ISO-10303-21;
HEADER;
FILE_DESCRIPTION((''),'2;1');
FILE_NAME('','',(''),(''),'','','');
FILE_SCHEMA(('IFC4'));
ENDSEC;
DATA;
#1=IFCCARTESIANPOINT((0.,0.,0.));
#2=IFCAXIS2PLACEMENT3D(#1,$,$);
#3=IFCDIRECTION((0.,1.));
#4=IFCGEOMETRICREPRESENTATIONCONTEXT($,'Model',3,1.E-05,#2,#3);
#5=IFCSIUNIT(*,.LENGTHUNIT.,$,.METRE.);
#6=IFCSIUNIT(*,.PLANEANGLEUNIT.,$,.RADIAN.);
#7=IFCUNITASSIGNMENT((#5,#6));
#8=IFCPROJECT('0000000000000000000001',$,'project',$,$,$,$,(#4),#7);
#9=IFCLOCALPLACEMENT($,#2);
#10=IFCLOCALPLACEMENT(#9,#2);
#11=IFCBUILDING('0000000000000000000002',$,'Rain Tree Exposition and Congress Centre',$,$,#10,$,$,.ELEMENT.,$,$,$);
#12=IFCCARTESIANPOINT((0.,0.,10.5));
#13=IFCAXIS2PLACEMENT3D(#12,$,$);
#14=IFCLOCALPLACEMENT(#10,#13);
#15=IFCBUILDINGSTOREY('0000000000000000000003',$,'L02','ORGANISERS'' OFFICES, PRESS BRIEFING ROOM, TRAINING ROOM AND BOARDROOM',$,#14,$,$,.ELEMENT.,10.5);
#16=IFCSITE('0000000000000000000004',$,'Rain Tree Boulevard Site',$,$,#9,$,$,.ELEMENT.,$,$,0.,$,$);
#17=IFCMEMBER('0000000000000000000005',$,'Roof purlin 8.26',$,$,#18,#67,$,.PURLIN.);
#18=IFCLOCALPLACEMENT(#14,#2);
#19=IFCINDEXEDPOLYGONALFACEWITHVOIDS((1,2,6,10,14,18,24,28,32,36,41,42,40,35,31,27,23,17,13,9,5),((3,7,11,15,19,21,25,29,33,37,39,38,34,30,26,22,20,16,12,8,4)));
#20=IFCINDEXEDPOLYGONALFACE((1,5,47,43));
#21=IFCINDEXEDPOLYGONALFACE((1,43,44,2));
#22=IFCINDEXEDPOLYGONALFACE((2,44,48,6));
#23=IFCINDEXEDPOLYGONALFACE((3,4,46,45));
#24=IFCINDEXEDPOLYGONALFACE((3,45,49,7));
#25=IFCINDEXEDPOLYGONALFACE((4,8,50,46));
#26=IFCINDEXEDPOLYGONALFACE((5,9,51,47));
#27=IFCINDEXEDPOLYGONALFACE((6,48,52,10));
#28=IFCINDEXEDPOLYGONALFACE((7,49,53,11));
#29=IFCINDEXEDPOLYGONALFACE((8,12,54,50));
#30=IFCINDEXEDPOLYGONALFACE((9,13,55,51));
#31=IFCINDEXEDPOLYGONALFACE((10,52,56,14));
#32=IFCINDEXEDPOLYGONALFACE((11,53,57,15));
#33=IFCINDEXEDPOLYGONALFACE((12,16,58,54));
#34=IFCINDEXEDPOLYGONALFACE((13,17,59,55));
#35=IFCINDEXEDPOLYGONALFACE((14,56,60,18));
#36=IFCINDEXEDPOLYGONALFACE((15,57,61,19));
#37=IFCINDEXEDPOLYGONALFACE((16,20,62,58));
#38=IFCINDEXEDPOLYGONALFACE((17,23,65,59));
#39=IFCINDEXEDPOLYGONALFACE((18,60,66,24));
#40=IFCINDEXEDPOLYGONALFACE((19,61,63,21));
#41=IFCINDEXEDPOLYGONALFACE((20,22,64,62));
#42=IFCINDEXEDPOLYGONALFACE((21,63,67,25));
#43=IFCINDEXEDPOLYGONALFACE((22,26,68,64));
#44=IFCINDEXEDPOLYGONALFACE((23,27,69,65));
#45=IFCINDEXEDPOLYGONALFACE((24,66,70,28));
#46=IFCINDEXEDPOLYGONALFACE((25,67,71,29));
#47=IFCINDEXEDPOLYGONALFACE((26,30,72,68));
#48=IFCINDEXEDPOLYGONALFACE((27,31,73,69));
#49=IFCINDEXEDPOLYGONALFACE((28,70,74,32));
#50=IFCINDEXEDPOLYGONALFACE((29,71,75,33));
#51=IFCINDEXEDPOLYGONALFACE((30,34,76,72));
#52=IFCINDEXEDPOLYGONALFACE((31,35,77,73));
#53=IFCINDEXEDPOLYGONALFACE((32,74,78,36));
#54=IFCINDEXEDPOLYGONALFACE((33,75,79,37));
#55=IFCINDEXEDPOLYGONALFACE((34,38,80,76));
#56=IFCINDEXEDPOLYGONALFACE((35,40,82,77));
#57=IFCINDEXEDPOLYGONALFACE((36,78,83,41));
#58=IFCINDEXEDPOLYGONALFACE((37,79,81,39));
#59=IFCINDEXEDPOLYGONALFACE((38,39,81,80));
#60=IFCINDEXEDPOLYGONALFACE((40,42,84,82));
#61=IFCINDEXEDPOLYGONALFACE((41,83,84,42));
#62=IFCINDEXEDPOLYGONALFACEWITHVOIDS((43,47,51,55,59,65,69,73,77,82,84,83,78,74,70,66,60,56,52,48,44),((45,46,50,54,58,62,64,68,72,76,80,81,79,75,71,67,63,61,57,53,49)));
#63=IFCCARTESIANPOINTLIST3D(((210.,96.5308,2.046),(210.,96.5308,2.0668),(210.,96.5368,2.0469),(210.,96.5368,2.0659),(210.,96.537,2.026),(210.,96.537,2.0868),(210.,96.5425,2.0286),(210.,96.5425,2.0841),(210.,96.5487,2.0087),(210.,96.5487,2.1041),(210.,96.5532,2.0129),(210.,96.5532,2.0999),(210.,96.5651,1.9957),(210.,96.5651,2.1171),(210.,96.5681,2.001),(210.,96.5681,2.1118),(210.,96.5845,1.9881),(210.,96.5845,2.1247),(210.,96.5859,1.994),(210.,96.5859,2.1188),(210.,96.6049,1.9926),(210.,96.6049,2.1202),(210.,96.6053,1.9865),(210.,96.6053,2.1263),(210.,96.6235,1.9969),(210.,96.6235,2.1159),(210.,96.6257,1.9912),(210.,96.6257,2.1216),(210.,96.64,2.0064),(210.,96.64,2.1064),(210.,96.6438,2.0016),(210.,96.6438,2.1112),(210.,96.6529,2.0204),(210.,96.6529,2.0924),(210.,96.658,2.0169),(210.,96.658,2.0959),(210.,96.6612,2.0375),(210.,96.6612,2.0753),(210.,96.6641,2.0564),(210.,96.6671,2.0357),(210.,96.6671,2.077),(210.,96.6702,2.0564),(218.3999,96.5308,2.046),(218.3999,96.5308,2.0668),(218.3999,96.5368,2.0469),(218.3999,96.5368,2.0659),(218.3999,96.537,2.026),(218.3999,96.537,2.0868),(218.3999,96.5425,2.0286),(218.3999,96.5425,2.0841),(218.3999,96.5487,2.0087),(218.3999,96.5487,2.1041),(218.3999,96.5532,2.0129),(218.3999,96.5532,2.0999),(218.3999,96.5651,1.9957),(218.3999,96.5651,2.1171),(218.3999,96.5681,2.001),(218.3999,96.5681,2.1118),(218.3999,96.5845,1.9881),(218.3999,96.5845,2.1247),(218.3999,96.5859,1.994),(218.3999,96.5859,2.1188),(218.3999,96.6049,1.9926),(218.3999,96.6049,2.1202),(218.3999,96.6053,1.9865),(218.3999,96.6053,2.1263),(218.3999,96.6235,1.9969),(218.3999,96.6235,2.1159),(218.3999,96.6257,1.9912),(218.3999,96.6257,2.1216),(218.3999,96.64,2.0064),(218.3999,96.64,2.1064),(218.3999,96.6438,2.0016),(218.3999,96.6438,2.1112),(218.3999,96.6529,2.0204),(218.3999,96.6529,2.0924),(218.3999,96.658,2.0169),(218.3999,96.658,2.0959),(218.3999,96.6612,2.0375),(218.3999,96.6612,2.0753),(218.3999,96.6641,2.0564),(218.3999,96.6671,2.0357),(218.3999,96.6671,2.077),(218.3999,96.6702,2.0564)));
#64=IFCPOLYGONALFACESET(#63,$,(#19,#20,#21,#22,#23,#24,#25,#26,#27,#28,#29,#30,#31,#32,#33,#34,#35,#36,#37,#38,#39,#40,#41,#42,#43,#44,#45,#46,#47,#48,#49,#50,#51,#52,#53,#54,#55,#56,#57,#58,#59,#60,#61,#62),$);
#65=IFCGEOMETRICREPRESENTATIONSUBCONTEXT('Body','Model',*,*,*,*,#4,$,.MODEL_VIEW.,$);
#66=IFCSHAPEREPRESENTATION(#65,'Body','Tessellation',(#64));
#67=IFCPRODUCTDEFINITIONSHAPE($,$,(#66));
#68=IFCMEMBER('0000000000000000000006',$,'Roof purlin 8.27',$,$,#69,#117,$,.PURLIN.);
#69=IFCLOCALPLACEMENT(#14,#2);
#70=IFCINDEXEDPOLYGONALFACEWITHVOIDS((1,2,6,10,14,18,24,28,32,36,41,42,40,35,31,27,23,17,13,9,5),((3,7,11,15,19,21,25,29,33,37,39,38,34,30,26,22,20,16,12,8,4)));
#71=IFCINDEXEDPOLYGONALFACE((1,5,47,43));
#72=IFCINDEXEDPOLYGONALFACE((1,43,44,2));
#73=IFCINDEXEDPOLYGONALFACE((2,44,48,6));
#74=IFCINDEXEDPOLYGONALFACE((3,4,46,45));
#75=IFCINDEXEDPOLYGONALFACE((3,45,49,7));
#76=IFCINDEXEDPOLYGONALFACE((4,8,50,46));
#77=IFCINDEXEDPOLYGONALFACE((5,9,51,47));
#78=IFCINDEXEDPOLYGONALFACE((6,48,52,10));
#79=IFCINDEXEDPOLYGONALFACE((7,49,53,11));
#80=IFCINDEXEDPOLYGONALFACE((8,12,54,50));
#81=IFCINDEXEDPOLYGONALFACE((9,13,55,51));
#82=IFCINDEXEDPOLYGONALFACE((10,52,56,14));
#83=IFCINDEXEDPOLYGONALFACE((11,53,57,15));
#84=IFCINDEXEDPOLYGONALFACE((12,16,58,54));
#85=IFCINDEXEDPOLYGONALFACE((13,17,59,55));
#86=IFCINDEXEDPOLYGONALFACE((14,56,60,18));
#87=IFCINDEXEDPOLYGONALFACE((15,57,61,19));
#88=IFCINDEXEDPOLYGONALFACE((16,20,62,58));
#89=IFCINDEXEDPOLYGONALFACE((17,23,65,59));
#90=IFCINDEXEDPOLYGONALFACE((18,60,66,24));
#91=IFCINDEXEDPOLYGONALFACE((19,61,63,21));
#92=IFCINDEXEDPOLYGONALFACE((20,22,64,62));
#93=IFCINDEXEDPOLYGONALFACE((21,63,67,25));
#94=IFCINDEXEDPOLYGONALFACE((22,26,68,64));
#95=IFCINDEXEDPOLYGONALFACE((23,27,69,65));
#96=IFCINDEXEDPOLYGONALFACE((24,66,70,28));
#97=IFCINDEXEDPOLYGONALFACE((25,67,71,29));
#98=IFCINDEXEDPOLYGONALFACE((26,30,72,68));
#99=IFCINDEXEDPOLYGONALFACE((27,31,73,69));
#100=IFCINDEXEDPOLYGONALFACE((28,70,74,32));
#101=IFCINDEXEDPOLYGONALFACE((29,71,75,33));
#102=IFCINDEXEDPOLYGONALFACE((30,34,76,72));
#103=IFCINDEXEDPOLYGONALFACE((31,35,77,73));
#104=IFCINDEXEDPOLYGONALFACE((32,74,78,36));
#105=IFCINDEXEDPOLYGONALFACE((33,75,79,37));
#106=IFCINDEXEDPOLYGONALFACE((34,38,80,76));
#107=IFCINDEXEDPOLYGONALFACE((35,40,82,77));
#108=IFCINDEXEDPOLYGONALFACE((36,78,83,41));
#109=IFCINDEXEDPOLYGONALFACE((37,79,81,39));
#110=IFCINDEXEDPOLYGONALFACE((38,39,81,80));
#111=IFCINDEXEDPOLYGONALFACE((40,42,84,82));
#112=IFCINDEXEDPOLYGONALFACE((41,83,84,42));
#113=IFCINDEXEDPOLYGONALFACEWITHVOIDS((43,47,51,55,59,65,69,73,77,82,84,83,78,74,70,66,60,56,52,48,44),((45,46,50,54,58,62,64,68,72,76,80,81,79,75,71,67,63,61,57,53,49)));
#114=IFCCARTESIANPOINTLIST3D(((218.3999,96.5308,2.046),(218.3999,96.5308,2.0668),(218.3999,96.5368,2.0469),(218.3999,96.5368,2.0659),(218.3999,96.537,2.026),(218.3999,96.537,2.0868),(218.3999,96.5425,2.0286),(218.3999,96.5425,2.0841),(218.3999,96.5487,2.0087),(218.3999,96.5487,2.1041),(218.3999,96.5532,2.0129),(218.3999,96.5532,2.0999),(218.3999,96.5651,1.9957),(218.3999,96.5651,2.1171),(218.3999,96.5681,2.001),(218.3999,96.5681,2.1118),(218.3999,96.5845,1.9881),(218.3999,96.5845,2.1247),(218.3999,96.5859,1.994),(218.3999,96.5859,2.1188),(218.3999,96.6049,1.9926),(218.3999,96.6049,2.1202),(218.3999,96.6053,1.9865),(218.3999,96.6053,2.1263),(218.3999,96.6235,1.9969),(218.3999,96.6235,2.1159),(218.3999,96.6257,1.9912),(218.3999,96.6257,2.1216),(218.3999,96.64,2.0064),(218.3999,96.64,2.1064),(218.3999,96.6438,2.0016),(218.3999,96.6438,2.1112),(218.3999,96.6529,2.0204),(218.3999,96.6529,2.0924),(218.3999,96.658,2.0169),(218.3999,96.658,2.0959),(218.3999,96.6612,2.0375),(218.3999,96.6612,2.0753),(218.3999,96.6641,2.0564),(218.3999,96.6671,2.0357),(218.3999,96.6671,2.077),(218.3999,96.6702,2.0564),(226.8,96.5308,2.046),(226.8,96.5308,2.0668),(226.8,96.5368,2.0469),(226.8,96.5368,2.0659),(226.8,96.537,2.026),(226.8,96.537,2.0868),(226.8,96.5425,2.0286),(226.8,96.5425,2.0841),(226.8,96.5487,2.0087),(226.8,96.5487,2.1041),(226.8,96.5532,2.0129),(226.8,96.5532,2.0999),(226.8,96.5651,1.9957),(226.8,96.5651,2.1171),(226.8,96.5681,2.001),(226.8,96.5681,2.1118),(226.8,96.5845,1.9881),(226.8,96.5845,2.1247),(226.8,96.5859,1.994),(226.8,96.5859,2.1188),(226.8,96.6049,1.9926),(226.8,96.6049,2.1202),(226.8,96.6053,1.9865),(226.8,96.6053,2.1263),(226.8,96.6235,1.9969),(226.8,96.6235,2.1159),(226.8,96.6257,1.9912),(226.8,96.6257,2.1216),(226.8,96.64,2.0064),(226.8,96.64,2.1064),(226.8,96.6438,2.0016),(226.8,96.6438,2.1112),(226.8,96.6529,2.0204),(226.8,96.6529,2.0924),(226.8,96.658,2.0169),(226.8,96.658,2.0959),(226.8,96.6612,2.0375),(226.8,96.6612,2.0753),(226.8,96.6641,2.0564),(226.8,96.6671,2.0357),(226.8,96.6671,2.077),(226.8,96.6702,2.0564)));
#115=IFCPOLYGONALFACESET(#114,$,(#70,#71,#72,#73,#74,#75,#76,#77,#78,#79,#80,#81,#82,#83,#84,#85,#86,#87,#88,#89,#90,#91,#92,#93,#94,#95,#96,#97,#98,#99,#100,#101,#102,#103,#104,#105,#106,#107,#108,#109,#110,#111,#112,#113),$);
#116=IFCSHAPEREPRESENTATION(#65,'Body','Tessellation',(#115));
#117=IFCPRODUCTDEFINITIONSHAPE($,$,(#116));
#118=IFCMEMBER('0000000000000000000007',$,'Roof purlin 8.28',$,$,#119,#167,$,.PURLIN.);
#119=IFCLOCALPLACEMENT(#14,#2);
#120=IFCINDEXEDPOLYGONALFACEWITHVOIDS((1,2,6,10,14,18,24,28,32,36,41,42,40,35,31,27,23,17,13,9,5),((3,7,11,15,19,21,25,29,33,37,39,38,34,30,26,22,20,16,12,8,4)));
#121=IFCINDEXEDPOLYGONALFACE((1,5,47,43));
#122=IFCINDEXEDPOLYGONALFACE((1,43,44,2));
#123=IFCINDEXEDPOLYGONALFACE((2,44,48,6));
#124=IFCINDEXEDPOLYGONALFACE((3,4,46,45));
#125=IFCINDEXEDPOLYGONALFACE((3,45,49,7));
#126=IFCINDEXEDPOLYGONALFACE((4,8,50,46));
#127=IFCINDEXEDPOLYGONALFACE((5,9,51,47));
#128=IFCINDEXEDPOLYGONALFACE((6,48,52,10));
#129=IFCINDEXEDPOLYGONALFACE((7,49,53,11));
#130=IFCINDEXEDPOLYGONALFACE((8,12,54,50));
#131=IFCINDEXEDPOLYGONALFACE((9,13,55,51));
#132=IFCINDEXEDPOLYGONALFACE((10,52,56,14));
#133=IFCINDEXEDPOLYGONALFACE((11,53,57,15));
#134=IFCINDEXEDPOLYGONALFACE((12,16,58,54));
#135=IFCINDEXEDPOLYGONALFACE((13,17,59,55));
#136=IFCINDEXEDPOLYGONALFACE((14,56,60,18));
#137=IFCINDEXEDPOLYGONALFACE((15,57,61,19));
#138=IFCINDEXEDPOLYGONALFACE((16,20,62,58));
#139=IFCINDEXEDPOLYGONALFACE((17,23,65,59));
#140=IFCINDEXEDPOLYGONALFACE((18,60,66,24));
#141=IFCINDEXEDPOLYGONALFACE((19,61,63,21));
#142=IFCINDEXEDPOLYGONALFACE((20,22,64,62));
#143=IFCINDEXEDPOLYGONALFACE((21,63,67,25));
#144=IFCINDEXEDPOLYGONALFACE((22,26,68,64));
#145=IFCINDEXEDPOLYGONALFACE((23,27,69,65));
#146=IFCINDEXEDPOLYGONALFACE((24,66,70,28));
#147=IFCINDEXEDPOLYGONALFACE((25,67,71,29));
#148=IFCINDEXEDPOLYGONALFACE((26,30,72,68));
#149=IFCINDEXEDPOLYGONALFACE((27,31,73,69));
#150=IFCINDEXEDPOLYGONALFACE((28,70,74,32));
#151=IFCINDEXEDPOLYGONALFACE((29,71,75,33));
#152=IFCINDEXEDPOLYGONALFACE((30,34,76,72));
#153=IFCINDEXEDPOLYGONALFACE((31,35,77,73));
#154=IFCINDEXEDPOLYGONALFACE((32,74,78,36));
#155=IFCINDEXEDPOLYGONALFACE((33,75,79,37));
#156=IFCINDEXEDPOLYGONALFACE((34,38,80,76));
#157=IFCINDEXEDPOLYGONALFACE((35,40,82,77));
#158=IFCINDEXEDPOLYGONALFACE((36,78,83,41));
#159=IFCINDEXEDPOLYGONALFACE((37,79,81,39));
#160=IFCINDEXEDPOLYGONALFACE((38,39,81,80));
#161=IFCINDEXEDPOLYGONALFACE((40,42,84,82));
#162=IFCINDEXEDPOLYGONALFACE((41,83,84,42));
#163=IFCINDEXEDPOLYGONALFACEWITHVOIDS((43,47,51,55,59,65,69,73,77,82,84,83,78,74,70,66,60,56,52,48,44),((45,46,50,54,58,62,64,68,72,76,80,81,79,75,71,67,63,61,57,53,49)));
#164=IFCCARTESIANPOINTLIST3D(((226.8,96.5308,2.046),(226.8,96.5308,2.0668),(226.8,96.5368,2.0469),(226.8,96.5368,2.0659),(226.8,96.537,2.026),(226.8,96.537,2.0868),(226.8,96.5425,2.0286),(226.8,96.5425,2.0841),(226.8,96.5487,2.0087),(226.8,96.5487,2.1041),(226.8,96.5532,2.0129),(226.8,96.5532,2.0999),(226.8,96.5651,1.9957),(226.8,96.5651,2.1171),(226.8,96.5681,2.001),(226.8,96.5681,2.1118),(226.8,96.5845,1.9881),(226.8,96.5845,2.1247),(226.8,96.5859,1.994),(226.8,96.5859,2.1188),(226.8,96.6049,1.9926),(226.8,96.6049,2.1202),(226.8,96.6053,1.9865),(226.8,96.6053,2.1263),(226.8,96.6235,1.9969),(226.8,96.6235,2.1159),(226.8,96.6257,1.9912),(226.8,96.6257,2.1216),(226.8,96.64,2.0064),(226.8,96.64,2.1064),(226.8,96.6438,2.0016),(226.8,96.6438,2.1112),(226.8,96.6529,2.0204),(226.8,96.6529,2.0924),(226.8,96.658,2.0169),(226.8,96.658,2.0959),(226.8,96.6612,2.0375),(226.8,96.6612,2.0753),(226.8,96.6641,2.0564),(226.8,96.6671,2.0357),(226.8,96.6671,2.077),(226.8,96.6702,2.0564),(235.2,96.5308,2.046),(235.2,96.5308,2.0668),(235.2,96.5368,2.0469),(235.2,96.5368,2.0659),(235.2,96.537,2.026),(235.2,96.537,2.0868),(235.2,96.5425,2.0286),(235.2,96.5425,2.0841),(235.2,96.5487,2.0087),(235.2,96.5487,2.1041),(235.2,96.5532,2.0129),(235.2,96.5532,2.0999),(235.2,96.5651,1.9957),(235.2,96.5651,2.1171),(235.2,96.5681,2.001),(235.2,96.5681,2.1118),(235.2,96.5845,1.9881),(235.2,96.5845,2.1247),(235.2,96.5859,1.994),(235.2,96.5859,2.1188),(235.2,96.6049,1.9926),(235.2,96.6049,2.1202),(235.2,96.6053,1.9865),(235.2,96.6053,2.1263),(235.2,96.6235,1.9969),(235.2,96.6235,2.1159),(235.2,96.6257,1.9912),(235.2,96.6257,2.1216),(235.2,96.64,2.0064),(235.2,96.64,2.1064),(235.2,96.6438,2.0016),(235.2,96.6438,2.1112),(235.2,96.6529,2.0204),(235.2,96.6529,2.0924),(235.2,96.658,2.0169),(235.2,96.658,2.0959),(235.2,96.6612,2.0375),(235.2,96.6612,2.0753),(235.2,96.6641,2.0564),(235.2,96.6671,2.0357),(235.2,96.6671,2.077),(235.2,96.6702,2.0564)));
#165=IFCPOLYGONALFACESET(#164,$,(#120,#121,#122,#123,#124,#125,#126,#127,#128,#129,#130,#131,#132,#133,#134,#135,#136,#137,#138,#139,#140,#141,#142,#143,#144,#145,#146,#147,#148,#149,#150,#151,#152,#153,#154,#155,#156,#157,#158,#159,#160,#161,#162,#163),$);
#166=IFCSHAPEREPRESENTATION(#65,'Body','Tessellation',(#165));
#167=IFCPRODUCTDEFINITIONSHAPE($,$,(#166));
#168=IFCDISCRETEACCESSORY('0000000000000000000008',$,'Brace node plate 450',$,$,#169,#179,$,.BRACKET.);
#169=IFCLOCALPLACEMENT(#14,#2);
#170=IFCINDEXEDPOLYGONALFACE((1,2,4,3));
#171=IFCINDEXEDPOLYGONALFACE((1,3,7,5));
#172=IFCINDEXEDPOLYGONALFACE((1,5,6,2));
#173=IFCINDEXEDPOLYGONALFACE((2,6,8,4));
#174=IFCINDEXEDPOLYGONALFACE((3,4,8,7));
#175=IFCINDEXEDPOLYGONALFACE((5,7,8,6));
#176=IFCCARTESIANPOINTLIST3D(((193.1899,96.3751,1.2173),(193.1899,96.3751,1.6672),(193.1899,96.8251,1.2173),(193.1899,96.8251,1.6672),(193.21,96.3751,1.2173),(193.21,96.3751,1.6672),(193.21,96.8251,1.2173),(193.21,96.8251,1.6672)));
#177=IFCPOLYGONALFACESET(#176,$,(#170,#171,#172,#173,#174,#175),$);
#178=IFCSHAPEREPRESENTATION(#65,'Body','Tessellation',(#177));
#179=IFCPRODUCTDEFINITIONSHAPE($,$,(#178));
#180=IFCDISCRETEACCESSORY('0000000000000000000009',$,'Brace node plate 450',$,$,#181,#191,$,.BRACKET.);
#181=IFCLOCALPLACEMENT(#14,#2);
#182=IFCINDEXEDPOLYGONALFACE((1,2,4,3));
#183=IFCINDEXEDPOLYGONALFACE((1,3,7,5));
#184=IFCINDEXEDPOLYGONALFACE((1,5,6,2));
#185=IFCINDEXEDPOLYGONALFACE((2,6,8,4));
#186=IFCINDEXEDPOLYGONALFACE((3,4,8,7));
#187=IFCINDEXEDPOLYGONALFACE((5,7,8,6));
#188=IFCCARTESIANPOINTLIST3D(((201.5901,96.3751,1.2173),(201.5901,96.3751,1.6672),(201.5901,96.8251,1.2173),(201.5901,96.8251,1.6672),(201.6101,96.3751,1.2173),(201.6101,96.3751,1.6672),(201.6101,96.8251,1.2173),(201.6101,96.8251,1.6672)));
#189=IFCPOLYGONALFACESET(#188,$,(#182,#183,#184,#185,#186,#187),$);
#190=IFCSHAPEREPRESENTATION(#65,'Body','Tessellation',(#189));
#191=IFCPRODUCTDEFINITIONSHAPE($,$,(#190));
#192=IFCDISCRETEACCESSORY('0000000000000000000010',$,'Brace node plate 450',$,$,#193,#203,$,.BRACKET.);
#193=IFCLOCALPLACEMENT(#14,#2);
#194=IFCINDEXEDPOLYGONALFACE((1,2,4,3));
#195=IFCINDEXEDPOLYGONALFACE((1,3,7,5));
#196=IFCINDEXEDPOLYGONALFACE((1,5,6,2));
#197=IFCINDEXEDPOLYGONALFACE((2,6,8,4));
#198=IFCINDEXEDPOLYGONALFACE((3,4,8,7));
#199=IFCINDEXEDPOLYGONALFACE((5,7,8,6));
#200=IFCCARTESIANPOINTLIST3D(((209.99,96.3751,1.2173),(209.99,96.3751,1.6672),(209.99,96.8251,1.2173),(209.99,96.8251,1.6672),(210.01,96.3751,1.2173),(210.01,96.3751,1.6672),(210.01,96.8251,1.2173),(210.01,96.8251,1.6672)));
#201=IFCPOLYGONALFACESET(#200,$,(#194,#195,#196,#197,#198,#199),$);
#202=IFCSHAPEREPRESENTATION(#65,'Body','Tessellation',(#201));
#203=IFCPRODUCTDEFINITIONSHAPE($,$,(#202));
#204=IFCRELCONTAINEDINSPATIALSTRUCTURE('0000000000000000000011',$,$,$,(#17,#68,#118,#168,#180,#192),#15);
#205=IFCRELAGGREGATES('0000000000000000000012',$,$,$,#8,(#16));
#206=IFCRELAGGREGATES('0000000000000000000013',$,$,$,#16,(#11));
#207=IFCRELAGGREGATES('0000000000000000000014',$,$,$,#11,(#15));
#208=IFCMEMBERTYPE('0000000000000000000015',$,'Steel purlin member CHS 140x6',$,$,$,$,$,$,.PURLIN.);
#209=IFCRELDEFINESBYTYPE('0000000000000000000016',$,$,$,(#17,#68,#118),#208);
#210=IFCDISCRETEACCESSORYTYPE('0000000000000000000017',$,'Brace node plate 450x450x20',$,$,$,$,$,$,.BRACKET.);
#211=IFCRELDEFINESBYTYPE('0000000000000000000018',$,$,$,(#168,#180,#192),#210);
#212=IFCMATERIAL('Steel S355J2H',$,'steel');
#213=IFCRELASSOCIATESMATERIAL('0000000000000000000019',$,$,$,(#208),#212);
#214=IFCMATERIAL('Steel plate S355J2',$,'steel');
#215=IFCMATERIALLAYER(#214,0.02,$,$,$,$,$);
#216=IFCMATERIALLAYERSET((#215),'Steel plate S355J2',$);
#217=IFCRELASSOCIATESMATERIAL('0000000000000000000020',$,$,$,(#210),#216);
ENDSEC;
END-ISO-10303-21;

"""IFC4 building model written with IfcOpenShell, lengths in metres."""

from ifc_helpers import new_model, si_unit, direction, frame, origin, origin_2d, place, context, subcontext, project, spatial, rectangle, hollow_circle, extrude, material, layer, layer_set, material_profile, profile_set, type_object, element, save


model = new_model("IFC4")

# Units and contexts
model_context = context("Model", 3, precision=1e-05, world=origin(), true_north=direction((0.0, 1.0)))
body_context = subcontext(model_context, "Body", "Model", "MODEL_VIEW")
ifc_project = project(units=[si_unit("LENGTHUNIT", "METRE"), si_unit("PLANEANGLEUNIT", "RADIAN")], contexts=[model_context])

# Site, building, storey
site_placement = place(None, origin())
site = spatial("IfcSite", under=ifc_project, at=site_placement, Name="Rain Tree Boulevard Site", CompositionType="ELEMENT", RefElevation=0.0)
building_placement = place(site_placement, origin())
building = spatial("IfcBuilding", under=site, at=building_placement, Name="Rain Tree Exposition and Congress Centre", CompositionType="ELEMENT")
storey_placement = place(building_placement, frame((0.0, 0.0, 10.5)))
storey = spatial("IfcBuildingStorey", under=building, at=storey_placement, Name="L02", Description="ORGANISERS' OFFICES, PRESS BRIEFING ROOM, TRAINING ROOM AND BOARDROOM", CompositionType="ELEMENT", Elevation=10.5)

# Members
ifc_material_1 = material(Name="Steel S355J2H", Category="steel")
ifc_material_profile_1 = material_profile(ifc_material_1, hollow_circle(Radius=0.0701, WallThickness=0.0061, at=origin_2d()), Name="CHS 140x6")
ifc_profile_set_1 = profile_set([ifc_material_profile_1], Name="Steel S355J2H")
member_type_1 = type_object("IfcMemberType", Name="Steel purlin member CHS 140x6", PredefinedType="PURLIN", material=ifc_profile_set_1)
for number, where, z_axis, x_axis, name in (
    (1, (210.0, 96.6001, 2.0564), (1.0, 0.0, 0.0), (0.0, 1.0, 0.0), "Roof purlin 8.26"),
):
    element("IfcMember", number, at=place(storey_placement, frame(where, z_axis=z_axis, x_axis=x_axis)), inside=storey, type_object=member_type_1, Name=name, PredefinedType="PURLIN", context=body_context, shape_type="SweptSolid", body=[
        extrude(hollow_circle(Radius=0.0701, WallThickness=0.0061, at=origin_2d()), origin(), (0.0, 0.0, 1.0), 8.3999),
    ])
member_1_placement = place(storey_placement, frame((218.3999, 96.6001, 2.0564), z_axis=(1.0, 0.0, 0.0), x_axis=(0.0, 1.0, 0.0)))
element("IfcMember", 2, at=member_1_placement, inside=storey, type_object=member_type_1, Name="Roof purlin 8.27", PredefinedType="PURLIN", context=body_context, shape_type="SweptSolid", body=[
    extrude(hollow_circle(Radius=0.0701, WallThickness=0.0061, at=origin_2d()), origin(), (0.0, 0.0, 1.0), 8.4001),
])
member_2_placement = place(storey_placement, frame((226.8, 96.6001, 2.0564), z_axis=(1.0, 0.0, 0.0), x_axis=(0.0, 1.0, 0.0)))
element("IfcMember", 3, at=member_2_placement, inside=storey, type_object=member_type_1, Name="Roof purlin 8.28", PredefinedType="PURLIN", context=body_context, shape_type="SweptSolid", body=[
    extrude(hollow_circle(Radius=0.0701, WallThickness=0.0061, at=origin_2d()), origin(), (0.0, 0.0, 1.0), 8.3999),
])

# Discrete accessories
ifc_material_2 = material(Name="Steel plate S355J2", Category="steel")
ifc_layer = layer(ifc_material_2, 0.02)
ifc_layer_set = layer_set([ifc_layer], Name="Steel plate S355J2")
discrete_accessory_type = type_object("IfcDiscreteAccessoryType", Name="Brace node plate 450x450x20", PredefinedType="BRACKET", material=ifc_layer_set)
for number, where, z_axis, x_axis, name in (
    (4, (193.2, 96.6001, 1.2173), (0.0, 0.0, 1.0), (0.0, -1.0, 0.0), "Brace node plate 450"),
    (5, (201.6001, 96.6001, 1.2173), (0.0, 0.0, 1.0), (0.0, -1.0, 0.0), "Brace node plate 450"),
    (6, (210.0, 96.6001, 1.2173), (0.0, 0.0, 1.0), (0.0, -1.0, 0.0), "Brace node plate 450"),
):
    element("IfcDiscreteAccessory", number, at=place(storey_placement, frame(where, z_axis=z_axis, x_axis=x_axis)), inside=storey, type_object=discrete_accessory_type, Name=name, PredefinedType="BRACKET", context=body_context, shape_type="SweptSolid", body=[
        extrude(rectangle(XDim=0.45, YDim=0.02, at=origin_2d()), origin(), (0.0, 0.0, 1.0), 0.45),
    ])

save(model, "model.ifc")
